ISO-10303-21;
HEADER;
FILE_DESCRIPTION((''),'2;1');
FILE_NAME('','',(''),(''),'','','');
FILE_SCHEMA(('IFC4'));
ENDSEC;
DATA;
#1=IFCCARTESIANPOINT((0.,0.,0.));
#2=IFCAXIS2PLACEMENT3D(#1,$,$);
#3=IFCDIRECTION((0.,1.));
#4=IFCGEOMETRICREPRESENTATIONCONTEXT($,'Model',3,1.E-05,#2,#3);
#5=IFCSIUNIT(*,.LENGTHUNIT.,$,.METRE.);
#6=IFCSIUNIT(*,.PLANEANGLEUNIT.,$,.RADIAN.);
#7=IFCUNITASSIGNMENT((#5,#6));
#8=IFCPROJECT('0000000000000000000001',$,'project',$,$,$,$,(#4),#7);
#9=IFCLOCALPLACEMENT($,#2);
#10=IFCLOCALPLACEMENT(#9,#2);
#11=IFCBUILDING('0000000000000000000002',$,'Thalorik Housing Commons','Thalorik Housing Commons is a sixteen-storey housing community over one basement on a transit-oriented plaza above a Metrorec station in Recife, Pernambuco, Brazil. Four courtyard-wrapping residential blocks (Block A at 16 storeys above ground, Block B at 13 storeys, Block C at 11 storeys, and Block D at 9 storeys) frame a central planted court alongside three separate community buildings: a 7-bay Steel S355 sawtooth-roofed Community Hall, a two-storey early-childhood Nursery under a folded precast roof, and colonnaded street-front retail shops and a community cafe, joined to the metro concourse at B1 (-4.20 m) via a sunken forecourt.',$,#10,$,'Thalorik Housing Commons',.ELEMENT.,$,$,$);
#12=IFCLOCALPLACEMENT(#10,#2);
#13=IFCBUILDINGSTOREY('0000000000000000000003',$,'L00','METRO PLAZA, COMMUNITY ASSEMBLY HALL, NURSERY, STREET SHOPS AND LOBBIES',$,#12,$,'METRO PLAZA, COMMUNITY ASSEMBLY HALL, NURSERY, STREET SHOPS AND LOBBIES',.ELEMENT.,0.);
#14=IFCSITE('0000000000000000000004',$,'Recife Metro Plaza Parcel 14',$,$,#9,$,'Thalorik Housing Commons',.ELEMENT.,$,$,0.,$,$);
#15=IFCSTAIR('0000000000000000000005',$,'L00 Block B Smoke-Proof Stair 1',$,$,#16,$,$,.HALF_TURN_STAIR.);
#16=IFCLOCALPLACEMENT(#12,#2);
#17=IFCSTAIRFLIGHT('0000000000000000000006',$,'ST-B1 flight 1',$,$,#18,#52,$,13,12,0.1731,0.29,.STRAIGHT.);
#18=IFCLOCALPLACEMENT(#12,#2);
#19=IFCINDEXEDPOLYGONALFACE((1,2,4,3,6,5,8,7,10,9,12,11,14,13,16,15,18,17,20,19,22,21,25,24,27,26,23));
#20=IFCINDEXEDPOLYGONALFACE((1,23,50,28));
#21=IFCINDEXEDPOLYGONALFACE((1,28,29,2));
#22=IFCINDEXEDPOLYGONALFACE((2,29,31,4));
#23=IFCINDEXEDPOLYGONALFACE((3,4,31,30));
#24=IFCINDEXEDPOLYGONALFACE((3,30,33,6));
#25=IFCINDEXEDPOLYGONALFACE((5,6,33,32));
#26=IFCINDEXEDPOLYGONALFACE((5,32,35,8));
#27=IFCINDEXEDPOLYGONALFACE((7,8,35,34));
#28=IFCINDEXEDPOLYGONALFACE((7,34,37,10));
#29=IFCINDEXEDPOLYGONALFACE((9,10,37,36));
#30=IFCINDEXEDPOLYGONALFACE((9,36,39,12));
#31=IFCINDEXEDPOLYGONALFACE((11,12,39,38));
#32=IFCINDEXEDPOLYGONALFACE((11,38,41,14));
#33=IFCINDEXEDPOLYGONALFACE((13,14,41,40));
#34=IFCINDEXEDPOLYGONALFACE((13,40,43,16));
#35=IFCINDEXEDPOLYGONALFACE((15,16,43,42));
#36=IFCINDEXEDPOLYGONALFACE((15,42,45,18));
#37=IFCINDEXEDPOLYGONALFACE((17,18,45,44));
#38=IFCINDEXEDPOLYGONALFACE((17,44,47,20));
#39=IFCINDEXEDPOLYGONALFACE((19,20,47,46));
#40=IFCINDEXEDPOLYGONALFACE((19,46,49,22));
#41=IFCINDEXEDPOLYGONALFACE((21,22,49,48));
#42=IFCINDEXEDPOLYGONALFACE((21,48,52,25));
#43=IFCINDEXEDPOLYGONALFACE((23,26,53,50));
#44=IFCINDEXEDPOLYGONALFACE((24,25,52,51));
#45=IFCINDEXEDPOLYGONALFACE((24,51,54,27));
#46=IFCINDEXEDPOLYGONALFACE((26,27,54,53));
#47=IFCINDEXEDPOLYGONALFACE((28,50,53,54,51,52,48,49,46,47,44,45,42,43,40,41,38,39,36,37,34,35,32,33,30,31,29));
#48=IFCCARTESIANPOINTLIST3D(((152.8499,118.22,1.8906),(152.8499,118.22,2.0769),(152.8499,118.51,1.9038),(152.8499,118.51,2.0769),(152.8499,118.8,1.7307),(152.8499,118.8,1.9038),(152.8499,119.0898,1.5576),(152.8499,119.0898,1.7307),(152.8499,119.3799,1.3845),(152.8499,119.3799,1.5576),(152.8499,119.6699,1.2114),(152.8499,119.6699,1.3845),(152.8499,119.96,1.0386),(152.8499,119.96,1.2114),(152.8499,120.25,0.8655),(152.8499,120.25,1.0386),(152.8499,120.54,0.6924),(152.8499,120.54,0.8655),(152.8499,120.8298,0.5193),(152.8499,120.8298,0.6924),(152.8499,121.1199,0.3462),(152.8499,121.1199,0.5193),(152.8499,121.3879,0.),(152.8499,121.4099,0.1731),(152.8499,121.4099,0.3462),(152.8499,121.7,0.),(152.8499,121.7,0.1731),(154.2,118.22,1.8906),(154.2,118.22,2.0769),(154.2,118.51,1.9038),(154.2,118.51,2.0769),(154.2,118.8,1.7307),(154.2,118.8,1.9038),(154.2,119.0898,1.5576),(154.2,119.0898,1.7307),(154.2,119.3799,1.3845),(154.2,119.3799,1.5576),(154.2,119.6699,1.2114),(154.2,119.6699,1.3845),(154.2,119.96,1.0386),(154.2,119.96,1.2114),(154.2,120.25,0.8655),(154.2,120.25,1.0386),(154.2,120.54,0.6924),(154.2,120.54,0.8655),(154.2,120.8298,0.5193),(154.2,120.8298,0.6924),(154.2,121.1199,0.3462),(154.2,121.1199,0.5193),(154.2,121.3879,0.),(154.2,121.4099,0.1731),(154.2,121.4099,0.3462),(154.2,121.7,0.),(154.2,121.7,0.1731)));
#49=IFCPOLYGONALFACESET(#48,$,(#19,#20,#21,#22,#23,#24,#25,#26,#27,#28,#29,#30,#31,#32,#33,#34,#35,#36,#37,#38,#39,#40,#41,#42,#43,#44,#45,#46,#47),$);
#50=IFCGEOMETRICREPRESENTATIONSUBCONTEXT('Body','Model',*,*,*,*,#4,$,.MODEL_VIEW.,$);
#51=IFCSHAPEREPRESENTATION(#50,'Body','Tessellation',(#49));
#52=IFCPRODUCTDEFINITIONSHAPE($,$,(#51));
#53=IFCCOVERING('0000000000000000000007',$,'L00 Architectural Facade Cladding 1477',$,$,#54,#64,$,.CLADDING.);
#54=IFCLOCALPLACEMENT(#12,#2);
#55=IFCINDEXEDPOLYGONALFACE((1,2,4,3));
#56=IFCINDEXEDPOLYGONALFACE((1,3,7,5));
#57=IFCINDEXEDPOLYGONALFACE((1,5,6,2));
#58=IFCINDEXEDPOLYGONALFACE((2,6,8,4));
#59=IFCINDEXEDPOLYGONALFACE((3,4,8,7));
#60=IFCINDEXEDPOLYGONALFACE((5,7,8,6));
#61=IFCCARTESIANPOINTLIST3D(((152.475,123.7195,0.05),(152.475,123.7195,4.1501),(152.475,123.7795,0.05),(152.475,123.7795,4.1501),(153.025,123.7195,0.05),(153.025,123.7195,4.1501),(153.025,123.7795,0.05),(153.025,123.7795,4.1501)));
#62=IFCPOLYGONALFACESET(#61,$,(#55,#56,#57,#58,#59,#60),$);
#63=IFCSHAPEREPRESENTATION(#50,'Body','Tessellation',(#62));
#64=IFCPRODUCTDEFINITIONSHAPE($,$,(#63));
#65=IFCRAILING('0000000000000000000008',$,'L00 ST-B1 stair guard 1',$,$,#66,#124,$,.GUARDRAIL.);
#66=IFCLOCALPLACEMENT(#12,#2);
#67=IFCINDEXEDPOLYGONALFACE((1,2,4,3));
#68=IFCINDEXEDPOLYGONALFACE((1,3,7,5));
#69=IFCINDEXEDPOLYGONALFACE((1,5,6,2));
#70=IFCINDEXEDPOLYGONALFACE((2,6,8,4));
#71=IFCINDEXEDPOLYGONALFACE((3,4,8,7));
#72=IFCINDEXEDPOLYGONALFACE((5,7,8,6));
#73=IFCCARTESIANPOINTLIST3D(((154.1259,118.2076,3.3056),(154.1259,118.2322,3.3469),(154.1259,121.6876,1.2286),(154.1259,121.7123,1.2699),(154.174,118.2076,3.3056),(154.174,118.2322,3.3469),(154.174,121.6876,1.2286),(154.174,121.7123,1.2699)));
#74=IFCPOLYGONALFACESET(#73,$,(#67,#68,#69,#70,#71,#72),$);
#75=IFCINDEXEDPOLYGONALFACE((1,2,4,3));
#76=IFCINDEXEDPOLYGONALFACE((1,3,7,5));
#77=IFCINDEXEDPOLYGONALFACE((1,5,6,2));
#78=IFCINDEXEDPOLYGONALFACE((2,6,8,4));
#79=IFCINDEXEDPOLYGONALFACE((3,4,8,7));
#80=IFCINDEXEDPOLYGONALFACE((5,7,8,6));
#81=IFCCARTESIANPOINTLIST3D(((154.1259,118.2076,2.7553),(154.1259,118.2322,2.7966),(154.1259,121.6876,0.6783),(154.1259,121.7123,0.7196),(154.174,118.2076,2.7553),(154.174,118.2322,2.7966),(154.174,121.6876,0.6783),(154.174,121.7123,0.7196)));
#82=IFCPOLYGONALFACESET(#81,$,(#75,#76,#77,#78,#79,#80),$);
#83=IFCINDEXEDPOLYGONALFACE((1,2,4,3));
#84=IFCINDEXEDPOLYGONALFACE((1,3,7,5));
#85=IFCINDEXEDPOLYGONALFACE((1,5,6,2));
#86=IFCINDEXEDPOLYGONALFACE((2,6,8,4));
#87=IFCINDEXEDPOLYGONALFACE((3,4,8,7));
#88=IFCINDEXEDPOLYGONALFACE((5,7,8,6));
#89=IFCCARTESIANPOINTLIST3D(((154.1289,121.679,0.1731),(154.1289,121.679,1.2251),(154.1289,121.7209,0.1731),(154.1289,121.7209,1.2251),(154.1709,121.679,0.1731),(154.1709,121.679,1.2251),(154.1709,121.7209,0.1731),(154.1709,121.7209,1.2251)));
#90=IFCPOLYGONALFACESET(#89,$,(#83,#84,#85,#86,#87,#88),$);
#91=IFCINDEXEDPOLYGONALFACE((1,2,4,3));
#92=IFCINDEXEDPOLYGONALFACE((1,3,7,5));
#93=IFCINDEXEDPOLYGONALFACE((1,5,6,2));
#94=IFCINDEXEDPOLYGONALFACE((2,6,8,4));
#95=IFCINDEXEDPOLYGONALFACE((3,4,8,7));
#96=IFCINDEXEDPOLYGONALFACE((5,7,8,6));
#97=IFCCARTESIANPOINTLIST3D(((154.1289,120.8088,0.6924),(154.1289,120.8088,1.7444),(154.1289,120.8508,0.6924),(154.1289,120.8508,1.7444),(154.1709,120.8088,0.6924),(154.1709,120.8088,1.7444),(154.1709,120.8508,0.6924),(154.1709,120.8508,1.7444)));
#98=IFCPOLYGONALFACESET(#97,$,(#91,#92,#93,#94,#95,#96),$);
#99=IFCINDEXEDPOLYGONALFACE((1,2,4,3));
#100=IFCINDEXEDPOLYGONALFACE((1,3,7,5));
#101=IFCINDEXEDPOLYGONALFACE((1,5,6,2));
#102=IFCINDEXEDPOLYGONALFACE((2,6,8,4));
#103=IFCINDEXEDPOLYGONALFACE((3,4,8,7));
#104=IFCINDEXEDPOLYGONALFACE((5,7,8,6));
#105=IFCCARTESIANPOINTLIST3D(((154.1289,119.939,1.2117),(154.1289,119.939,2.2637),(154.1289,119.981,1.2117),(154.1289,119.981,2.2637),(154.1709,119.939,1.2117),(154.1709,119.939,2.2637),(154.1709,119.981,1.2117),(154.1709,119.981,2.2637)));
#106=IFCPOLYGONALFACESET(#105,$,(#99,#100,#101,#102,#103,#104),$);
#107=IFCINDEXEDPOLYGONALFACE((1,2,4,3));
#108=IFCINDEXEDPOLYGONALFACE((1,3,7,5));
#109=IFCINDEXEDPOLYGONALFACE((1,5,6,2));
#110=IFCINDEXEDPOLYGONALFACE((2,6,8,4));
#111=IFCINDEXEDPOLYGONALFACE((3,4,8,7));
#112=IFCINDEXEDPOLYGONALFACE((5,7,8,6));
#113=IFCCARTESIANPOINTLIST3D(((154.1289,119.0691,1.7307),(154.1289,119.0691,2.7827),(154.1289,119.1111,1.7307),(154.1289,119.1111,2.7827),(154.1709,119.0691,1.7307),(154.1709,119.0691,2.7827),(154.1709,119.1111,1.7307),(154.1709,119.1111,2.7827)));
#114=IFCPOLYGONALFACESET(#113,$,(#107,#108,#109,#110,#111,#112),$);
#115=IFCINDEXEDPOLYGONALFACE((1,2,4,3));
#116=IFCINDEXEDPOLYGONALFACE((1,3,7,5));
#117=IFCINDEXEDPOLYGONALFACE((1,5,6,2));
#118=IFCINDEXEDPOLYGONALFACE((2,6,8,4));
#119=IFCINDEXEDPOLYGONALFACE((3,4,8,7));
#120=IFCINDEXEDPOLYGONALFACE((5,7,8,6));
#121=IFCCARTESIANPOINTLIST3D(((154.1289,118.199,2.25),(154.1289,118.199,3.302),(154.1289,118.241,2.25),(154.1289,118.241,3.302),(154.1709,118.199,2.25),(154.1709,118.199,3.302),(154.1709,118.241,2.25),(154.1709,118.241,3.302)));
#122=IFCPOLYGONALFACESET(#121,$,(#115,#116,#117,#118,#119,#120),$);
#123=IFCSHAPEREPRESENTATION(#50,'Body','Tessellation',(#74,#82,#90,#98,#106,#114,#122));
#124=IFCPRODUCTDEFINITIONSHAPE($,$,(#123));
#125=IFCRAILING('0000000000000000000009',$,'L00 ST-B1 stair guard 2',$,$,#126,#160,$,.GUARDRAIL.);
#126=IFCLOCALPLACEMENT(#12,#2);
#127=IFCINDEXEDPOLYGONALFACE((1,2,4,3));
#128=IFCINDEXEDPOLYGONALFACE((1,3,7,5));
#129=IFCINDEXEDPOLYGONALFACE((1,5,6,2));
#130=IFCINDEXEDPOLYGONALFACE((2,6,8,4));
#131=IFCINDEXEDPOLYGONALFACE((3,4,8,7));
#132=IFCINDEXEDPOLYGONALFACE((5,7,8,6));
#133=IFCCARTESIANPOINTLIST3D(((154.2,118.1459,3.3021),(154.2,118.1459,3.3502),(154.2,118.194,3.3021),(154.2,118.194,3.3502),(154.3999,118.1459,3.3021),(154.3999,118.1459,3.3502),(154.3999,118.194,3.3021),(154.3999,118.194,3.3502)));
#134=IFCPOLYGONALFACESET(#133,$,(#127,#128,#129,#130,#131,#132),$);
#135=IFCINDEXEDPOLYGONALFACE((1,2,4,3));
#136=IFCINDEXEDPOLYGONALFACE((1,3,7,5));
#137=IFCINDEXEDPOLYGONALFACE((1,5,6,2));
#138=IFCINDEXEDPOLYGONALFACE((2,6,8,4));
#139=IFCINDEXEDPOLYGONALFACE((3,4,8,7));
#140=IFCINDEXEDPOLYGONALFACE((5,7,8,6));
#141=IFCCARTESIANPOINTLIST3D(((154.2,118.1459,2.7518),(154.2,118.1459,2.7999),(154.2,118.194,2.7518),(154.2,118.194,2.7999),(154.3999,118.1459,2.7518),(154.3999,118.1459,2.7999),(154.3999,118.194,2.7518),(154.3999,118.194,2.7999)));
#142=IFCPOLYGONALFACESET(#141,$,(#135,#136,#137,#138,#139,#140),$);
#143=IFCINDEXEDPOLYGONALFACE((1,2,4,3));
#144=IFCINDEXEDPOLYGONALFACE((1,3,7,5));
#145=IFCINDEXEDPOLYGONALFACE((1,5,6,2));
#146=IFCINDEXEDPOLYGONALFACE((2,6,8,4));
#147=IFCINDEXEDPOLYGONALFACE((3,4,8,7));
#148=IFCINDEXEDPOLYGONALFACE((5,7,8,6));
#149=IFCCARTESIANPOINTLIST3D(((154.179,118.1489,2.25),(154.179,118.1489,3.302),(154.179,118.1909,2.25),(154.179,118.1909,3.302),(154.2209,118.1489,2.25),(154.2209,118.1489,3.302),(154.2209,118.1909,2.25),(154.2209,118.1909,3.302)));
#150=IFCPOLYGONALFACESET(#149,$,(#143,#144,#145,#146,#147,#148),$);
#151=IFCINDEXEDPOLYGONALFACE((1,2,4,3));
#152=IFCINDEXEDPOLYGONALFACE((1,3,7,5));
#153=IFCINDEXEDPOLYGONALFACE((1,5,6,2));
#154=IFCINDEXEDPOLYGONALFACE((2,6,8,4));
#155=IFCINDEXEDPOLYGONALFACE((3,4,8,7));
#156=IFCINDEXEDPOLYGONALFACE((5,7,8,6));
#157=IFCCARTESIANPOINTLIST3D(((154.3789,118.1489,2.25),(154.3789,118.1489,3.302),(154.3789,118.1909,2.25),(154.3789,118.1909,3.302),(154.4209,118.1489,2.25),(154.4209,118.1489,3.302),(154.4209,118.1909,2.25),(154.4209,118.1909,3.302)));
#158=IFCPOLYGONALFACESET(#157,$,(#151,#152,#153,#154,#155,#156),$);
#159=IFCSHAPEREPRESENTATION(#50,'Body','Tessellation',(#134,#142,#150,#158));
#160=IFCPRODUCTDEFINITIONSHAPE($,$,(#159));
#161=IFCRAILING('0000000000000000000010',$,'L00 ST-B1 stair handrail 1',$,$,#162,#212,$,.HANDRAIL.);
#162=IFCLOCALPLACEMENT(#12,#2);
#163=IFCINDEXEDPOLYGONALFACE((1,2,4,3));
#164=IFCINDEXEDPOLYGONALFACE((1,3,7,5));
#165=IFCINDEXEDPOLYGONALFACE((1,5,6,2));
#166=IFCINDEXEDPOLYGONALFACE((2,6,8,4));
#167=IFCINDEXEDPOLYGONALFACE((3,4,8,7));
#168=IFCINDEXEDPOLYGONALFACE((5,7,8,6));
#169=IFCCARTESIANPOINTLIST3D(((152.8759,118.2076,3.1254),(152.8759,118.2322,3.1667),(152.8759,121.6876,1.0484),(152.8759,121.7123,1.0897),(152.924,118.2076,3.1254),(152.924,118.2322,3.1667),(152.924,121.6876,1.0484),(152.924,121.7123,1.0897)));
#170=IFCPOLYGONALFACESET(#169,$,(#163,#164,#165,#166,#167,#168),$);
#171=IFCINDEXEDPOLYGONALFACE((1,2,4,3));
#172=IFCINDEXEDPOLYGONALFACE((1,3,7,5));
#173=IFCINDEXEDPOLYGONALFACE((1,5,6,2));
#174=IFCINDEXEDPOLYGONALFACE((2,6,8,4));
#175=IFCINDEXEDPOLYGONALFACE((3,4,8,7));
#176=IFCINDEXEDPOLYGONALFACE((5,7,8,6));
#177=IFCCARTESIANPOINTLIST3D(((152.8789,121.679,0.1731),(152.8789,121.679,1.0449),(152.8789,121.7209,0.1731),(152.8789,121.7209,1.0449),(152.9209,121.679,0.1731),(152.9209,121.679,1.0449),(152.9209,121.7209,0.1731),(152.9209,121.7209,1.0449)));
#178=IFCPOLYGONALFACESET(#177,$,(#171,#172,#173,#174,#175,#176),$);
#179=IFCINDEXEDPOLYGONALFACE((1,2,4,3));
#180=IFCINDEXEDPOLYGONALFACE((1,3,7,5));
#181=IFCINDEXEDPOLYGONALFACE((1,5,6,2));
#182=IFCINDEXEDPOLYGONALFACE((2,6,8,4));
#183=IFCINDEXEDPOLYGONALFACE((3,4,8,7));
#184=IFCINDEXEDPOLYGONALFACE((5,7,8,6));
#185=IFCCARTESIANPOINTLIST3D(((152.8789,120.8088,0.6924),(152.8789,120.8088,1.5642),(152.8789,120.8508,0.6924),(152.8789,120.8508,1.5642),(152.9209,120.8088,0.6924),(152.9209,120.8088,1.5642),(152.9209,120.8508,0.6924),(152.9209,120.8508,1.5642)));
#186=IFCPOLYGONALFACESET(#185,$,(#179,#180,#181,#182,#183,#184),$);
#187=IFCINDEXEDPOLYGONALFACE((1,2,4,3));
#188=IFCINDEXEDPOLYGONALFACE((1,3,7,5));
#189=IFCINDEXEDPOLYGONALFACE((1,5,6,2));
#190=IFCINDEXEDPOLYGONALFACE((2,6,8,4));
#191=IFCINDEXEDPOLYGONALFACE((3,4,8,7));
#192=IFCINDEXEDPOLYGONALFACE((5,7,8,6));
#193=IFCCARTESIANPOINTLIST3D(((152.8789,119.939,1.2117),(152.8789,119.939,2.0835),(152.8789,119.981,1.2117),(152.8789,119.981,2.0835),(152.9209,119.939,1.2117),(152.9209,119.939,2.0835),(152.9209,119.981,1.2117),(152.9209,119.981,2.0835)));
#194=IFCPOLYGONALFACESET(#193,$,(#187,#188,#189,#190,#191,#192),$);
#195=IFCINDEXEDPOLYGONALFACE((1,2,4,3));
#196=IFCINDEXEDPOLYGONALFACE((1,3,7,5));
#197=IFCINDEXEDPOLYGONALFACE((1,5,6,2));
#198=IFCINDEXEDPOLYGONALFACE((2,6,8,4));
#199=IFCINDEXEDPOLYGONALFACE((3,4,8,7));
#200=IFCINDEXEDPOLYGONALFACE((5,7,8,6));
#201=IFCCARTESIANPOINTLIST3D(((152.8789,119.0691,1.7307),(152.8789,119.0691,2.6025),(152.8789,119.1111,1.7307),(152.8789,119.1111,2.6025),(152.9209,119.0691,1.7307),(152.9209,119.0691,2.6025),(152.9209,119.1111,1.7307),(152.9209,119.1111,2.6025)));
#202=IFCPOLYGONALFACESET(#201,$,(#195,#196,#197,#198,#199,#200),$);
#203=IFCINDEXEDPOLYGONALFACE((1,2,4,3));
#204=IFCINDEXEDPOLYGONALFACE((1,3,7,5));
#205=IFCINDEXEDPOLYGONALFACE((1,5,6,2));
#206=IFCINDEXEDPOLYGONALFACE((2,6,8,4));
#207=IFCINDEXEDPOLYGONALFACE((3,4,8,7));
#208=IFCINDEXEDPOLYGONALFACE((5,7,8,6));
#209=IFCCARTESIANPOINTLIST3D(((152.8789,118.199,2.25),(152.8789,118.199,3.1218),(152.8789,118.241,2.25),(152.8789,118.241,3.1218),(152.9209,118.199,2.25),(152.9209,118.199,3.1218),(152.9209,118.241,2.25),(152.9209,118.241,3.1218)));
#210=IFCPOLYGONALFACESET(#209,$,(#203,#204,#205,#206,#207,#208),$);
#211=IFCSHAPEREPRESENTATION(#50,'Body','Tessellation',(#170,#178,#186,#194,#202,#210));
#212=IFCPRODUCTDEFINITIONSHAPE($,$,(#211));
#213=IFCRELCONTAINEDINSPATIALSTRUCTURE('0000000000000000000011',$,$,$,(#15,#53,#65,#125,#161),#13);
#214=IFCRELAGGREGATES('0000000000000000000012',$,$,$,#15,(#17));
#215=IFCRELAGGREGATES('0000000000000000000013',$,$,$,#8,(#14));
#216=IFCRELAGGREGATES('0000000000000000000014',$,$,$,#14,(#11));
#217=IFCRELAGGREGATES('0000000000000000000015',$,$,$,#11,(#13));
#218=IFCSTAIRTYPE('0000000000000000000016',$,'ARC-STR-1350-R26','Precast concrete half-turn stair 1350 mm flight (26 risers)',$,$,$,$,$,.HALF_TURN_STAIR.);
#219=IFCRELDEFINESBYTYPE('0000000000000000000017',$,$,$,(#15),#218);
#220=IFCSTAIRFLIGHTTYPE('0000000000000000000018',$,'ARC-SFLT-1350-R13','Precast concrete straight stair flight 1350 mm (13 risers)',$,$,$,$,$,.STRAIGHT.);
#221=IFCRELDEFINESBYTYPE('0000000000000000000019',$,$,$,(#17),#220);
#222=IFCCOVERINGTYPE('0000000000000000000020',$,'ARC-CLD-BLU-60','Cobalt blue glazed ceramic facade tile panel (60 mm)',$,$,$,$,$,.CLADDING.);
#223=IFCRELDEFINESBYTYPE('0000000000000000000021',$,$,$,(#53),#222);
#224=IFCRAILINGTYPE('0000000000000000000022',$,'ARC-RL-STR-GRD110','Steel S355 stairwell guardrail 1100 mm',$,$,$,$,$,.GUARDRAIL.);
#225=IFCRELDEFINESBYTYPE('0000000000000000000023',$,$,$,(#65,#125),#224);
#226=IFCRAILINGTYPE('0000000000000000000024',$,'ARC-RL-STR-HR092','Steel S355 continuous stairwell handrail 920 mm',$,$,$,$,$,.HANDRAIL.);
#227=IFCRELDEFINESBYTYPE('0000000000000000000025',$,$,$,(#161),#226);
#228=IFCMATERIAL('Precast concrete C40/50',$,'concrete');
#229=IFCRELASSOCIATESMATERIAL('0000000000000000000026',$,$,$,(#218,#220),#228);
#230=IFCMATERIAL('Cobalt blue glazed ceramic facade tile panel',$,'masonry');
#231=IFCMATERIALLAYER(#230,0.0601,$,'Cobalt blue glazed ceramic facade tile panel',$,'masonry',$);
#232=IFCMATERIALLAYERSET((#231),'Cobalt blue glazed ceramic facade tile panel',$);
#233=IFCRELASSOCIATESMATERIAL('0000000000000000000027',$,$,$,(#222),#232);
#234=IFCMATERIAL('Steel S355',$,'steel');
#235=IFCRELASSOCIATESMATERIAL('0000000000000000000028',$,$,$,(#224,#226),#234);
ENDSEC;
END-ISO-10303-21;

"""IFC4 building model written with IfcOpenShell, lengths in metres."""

from ifc_helpers import new_model, si_unit, direction, frame, origin, origin_2d, place, context, subcontext, project, spatial, polyline, rectangle, outline, extrude, material, layer, layer_set, type_object, element, aggregate, save


model = new_model("IFC4")

# Units and contexts
model_context = context("Model", 3, precision=1e-05, world=origin(), true_north=direction((0.0, 1.0)))
body_context = subcontext(model_context, "Body", "Model", "MODEL_VIEW")
ifc_project = project(units=[si_unit("LENGTHUNIT", "METRE"), si_unit("PLANEANGLEUNIT", "RADIAN")], contexts=[model_context])

# Site, building, storey
site_placement = place(None, origin())
site = spatial("IfcSite", under=ifc_project, at=site_placement, Name="Recife Metro Plaza Parcel 14", LongName="Thalorik Housing Commons", CompositionType="ELEMENT", RefElevation=0.0)
building_placement = place(site_placement, origin())
building = spatial("IfcBuilding", under=site, at=building_placement, Name="Thalorik Housing Commons", Description="Thalorik Housing Commons is a sixteen-storey housing community over one basement on a transit-oriented plaza above a Metrorec station in Recife, Pernambuco, Brazil. Four courtyard-wrapping residential blocks (Block A at 16 storeys above ground, Block B at 13 storeys, Block C at 11 storeys, and Block D at 9 storeys) frame a central planted court alongside three separate community buildings: a 7-bay Steel S355 sawtooth-roofed Community Hall, a two-storey early-childhood Nursery under a folded precast roof, and colonnaded street-front retail shops and a community cafe, joined to the metro concourse at B1 (-4.20 m) via a sunken forecourt.", LongName="Thalorik Housing Commons", CompositionType="ELEMENT")
storey_placement = place(building_placement, origin())
storey = spatial("IfcBuildingStorey", under=building, at=storey_placement, Name="L00", Description="METRO PLAZA, COMMUNITY ASSEMBLY HALL, NURSERY, STREET SHOPS AND LOBBIES", LongName="METRO PLAZA, COMMUNITY ASSEMBLY HALL, NURSERY, STREET SHOPS AND LOBBIES", CompositionType="ELEMENT", Elevation=0.0)

# Shared definitions
ifc_material_1 = material(Name="Precast concrete C40/50", Category="concrete")

# Shared definitions
ifc_material_2 = material(Name="Steel S355", Category="steel")

# Stair, stair flight
stair_type = type_object("IfcStairType", Name="ARC-STR-1350-R26", Description="Precast concrete half-turn stair 1350 mm flight (26 risers)", PredefinedType="HALF_TURN_STAIR", material=ifc_material_1)
stair_placement = place(storey_placement, origin())
stair = element("IfcStair", 1, at=stair_placement, inside=storey, type_object=stair_type, Name="L00 Block B Smoke-Proof Stair 1", PredefinedType="HALF_TURN_STAIR")
stair_flight_type = type_object("IfcStairFlightType", Name="ARC-SFLT-1350-R13", Description="Precast concrete straight stair flight 1350 mm (13 risers)", PredefinedType="STRAIGHT", material=ifc_material_1)
stair_flight_placement = place(storey_placement, frame((153.5249, 121.7, 0.0), z_axis=(0.0, 0.0, 1.0), x_axis=(0.0, -1.0, 0.0)))
stair_flight = element("IfcStairFlight", 2, at=stair_flight_placement, type_object=stair_flight_type, Name="ST-B1 flight 1", NumberOfRisers=13, NumberOfTreads=12, PredefinedType="STRAIGHT", RiserHeight=0.1731, TreadLength=0.29, context=body_context, shape_type="SweptSolid", body=[
    extrude(outline(polyline([(0.0, 0.0), (0.0, 0.1731), (0.29, 0.1731), (0.29, 0.3462), (0.5801, 0.3462), (0.5801, 0.5193), (0.8701, 0.5193), (0.8701, 0.6924), (1.1599, 0.6924), (1.1599, 0.8655), (1.45, 0.8655), (1.45, 1.0386), (1.74, 1.0386), (1.74, 1.2114), (2.03, 1.2114), (2.03, 1.3845), (2.3201, 1.3845), (2.3201, 1.5576), (2.6101, 1.5576), (2.6101, 1.7307), (2.8999, 1.7307), (2.8999, 1.9038), (3.1899, 1.9038), (3.1899, 2.0769), (3.48, 2.0769), (3.48, 2.25), (3.48, 1.8906), (0.312, 0.0), (0.0, 0.0)])), frame((0.0, 0.675, 0.0), z_axis=(0.0, -1.0, 0.0), x_axis=(1.0, 0.0, 0.0)), (0.0, 0.0, 1.0), 1.3501),
])
aggregate(stair, [stair_flight])

# Covering
ifc_material_3 = material(Name="Cobalt blue glazed ceramic facade tile panel", Category="masonry")
ifc_layer_1 = layer(ifc_material_3, 0.0601, Name="Cobalt blue glazed ceramic facade tile panel", Category="masonry")
ifc_layer_set_1 = layer_set([ifc_layer_1], Name="Cobalt blue glazed ceramic facade tile panel")
covering_type = type_object("IfcCoveringType", Name="ARC-CLD-BLU-60", Description="Cobalt blue glazed ceramic facade tile panel (60 mm)", PredefinedType="CLADDING", material=ifc_layer_set_1)
covering_placement = place(storey_placement, frame((152.75, 123.7495, 0.05), z_axis=(0.0, 0.0, 1.0), x_axis=(-1.0, 0.0, 0.0)))
element("IfcCovering", 3, at=covering_placement, inside=storey, type_object=covering_type, Name="L00 Architectural Facade Cladding 1477", PredefinedType="CLADDING", context=body_context, shape_type="SweptSolid", body=[
    extrude(rectangle(XDim=0.55, YDim=0.0601, at=origin_2d()), origin(), (0.0, 0.0, 1.0), 4.1001),
])

# Railings
railing_type_1 = type_object("IfcRailingType", Name="ARC-RL-STR-GRD110", Description="Steel S355 stairwell guardrail 1100 mm", PredefinedType="GUARDRAIL", material=ifc_material_2)
railing_1_placement = place(storey_placement, frame((154.1499, 121.7, 0.1731)))
element("IfcRailing", 4, at=railing_1_placement, inside=storey, type_object=railing_type_1, Name="L00 ST-B1 stair guard 1", PredefinedType="GUARDRAIL", context=body_context, shape_type="SweptSolid", body=[
    extrude(rectangle(XDim=0.0481, YDim=0.0481, at=origin_2d()), frame((0.0, 0.0, 1.0762), z_axis=(0.0, -0.858697, 0.512483), x_axis=(1.0, 0.0, 0.0)), (0.0, 0.0, 1.0), 4.0527),
    extrude(rectangle(XDim=0.0481, YDim=0.0481, at=origin_2d()), frame((0.0, 0.0, 0.5259), z_axis=(0.0, -0.858697, 0.512483), x_axis=(1.0, 0.0, 0.0)), (0.0, 0.0, 1.0), 4.0527),
    extrude(rectangle(XDim=0.042, YDim=0.042, at=origin_2d()), origin(), (0.0, 0.0, 1.0), 1.052),
    extrude(rectangle(XDim=0.042, YDim=0.042, at=origin_2d()), frame((0.0, -0.8701, 0.5193)), (0.0, 0.0, 1.0), 1.052),
    extrude(rectangle(XDim=0.042, YDim=0.042, at=origin_2d()), frame((0.0, -1.74, 1.0386)), (0.0, 0.0, 1.0), 1.052),
    extrude(rectangle(XDim=0.042, YDim=0.042, at=origin_2d()), frame((0.0, -2.6099, 1.5576)), (0.0, 0.0, 1.0), 1.052),
    extrude(rectangle(XDim=0.042, YDim=0.042, at=origin_2d()), frame((0.0, -3.48, 2.0769)), (0.0, 0.0, 1.0), 1.052),
])
railing_2_placement = place(storey_placement, frame((154.2, 118.1699, 2.25)))
element("IfcRailing", 5, at=railing_2_placement, inside=storey, type_object=railing_type_1, Name="L00 ST-B1 stair guard 2", PredefinedType="GUARDRAIL", context=body_context, shape_type="SweptSolid", body=[
    extrude(rectangle(XDim=0.0481, YDim=0.0481, at=origin_2d()), frame((0.0, 0.0, 1.0762), z_axis=(1.0, 0.0, 0.0), x_axis=(0.0, 1.0, 0.0)), (0.0, 0.0, 1.0), 0.2),
    extrude(rectangle(XDim=0.0481, YDim=0.0481, at=origin_2d()), frame((0.0, 0.0, 0.5259), z_axis=(1.0, 0.0, 0.0), x_axis=(0.0, 1.0, 0.0)), (0.0, 0.0, 1.0), 0.2),
    extrude(rectangle(XDim=0.042, YDim=0.042, at=origin_2d()), origin(), (0.0, 0.0, 1.0), 1.052),
    extrude(rectangle(XDim=0.042, YDim=0.042, at=origin_2d()), frame((0.2, 0.0, 0.0)), (0.0, 0.0, 1.0), 1.052),
])
railing_type_2 = type_object("IfcRailingType", Name="ARC-RL-STR-HR092", Description="Steel S355 continuous stairwell handrail 920 mm", PredefinedType="HANDRAIL", material=ifc_material_2)
railing_3_placement = place(storey_placement, frame((152.8999, 121.7, 0.1731)))
element("IfcRailing", 6, at=railing_3_placement, inside=storey, type_object=railing_type_2, Name="L00 ST-B1 stair handrail 1", PredefinedType="HANDRAIL", context=body_context, shape_type="SweptSolid", body=[
    extrude(rectangle(XDim=0.0481, YDim=0.0481, at=origin_2d()), frame((0.0, 0.0, 0.896), z_axis=(0.0, -0.858697, 0.512483), x_axis=(1.0, 0.0, 0.0)), (0.0, 0.0, 1.0), 4.0527),
    extrude(rectangle(XDim=0.042, YDim=0.042, at=origin_2d()), origin(), (0.0, 0.0, 1.0), 0.8718),
    extrude(rectangle(XDim=0.042, YDim=0.042, at=origin_2d()), frame((0.0, -0.8701, 0.5193)), (0.0, 0.0, 1.0), 0.8718),
    extrude(rectangle(XDim=0.042, YDim=0.042, at=origin_2d()), frame((0.0, -1.74, 1.0386)), (0.0, 0.0, 1.0), 0.8718),
    extrude(rectangle(XDim=0.042, YDim=0.042, at=origin_2d()), frame((0.0, -2.6099, 1.5576)), (0.0, 0.0, 1.0), 0.8718),
    extrude(rectangle(XDim=0.042, YDim=0.042, at=origin_2d()), frame((0.0, -3.48, 2.0769)), (0.0, 0.0, 1.0), 0.8718),
])

save(model, "model.ifc")
